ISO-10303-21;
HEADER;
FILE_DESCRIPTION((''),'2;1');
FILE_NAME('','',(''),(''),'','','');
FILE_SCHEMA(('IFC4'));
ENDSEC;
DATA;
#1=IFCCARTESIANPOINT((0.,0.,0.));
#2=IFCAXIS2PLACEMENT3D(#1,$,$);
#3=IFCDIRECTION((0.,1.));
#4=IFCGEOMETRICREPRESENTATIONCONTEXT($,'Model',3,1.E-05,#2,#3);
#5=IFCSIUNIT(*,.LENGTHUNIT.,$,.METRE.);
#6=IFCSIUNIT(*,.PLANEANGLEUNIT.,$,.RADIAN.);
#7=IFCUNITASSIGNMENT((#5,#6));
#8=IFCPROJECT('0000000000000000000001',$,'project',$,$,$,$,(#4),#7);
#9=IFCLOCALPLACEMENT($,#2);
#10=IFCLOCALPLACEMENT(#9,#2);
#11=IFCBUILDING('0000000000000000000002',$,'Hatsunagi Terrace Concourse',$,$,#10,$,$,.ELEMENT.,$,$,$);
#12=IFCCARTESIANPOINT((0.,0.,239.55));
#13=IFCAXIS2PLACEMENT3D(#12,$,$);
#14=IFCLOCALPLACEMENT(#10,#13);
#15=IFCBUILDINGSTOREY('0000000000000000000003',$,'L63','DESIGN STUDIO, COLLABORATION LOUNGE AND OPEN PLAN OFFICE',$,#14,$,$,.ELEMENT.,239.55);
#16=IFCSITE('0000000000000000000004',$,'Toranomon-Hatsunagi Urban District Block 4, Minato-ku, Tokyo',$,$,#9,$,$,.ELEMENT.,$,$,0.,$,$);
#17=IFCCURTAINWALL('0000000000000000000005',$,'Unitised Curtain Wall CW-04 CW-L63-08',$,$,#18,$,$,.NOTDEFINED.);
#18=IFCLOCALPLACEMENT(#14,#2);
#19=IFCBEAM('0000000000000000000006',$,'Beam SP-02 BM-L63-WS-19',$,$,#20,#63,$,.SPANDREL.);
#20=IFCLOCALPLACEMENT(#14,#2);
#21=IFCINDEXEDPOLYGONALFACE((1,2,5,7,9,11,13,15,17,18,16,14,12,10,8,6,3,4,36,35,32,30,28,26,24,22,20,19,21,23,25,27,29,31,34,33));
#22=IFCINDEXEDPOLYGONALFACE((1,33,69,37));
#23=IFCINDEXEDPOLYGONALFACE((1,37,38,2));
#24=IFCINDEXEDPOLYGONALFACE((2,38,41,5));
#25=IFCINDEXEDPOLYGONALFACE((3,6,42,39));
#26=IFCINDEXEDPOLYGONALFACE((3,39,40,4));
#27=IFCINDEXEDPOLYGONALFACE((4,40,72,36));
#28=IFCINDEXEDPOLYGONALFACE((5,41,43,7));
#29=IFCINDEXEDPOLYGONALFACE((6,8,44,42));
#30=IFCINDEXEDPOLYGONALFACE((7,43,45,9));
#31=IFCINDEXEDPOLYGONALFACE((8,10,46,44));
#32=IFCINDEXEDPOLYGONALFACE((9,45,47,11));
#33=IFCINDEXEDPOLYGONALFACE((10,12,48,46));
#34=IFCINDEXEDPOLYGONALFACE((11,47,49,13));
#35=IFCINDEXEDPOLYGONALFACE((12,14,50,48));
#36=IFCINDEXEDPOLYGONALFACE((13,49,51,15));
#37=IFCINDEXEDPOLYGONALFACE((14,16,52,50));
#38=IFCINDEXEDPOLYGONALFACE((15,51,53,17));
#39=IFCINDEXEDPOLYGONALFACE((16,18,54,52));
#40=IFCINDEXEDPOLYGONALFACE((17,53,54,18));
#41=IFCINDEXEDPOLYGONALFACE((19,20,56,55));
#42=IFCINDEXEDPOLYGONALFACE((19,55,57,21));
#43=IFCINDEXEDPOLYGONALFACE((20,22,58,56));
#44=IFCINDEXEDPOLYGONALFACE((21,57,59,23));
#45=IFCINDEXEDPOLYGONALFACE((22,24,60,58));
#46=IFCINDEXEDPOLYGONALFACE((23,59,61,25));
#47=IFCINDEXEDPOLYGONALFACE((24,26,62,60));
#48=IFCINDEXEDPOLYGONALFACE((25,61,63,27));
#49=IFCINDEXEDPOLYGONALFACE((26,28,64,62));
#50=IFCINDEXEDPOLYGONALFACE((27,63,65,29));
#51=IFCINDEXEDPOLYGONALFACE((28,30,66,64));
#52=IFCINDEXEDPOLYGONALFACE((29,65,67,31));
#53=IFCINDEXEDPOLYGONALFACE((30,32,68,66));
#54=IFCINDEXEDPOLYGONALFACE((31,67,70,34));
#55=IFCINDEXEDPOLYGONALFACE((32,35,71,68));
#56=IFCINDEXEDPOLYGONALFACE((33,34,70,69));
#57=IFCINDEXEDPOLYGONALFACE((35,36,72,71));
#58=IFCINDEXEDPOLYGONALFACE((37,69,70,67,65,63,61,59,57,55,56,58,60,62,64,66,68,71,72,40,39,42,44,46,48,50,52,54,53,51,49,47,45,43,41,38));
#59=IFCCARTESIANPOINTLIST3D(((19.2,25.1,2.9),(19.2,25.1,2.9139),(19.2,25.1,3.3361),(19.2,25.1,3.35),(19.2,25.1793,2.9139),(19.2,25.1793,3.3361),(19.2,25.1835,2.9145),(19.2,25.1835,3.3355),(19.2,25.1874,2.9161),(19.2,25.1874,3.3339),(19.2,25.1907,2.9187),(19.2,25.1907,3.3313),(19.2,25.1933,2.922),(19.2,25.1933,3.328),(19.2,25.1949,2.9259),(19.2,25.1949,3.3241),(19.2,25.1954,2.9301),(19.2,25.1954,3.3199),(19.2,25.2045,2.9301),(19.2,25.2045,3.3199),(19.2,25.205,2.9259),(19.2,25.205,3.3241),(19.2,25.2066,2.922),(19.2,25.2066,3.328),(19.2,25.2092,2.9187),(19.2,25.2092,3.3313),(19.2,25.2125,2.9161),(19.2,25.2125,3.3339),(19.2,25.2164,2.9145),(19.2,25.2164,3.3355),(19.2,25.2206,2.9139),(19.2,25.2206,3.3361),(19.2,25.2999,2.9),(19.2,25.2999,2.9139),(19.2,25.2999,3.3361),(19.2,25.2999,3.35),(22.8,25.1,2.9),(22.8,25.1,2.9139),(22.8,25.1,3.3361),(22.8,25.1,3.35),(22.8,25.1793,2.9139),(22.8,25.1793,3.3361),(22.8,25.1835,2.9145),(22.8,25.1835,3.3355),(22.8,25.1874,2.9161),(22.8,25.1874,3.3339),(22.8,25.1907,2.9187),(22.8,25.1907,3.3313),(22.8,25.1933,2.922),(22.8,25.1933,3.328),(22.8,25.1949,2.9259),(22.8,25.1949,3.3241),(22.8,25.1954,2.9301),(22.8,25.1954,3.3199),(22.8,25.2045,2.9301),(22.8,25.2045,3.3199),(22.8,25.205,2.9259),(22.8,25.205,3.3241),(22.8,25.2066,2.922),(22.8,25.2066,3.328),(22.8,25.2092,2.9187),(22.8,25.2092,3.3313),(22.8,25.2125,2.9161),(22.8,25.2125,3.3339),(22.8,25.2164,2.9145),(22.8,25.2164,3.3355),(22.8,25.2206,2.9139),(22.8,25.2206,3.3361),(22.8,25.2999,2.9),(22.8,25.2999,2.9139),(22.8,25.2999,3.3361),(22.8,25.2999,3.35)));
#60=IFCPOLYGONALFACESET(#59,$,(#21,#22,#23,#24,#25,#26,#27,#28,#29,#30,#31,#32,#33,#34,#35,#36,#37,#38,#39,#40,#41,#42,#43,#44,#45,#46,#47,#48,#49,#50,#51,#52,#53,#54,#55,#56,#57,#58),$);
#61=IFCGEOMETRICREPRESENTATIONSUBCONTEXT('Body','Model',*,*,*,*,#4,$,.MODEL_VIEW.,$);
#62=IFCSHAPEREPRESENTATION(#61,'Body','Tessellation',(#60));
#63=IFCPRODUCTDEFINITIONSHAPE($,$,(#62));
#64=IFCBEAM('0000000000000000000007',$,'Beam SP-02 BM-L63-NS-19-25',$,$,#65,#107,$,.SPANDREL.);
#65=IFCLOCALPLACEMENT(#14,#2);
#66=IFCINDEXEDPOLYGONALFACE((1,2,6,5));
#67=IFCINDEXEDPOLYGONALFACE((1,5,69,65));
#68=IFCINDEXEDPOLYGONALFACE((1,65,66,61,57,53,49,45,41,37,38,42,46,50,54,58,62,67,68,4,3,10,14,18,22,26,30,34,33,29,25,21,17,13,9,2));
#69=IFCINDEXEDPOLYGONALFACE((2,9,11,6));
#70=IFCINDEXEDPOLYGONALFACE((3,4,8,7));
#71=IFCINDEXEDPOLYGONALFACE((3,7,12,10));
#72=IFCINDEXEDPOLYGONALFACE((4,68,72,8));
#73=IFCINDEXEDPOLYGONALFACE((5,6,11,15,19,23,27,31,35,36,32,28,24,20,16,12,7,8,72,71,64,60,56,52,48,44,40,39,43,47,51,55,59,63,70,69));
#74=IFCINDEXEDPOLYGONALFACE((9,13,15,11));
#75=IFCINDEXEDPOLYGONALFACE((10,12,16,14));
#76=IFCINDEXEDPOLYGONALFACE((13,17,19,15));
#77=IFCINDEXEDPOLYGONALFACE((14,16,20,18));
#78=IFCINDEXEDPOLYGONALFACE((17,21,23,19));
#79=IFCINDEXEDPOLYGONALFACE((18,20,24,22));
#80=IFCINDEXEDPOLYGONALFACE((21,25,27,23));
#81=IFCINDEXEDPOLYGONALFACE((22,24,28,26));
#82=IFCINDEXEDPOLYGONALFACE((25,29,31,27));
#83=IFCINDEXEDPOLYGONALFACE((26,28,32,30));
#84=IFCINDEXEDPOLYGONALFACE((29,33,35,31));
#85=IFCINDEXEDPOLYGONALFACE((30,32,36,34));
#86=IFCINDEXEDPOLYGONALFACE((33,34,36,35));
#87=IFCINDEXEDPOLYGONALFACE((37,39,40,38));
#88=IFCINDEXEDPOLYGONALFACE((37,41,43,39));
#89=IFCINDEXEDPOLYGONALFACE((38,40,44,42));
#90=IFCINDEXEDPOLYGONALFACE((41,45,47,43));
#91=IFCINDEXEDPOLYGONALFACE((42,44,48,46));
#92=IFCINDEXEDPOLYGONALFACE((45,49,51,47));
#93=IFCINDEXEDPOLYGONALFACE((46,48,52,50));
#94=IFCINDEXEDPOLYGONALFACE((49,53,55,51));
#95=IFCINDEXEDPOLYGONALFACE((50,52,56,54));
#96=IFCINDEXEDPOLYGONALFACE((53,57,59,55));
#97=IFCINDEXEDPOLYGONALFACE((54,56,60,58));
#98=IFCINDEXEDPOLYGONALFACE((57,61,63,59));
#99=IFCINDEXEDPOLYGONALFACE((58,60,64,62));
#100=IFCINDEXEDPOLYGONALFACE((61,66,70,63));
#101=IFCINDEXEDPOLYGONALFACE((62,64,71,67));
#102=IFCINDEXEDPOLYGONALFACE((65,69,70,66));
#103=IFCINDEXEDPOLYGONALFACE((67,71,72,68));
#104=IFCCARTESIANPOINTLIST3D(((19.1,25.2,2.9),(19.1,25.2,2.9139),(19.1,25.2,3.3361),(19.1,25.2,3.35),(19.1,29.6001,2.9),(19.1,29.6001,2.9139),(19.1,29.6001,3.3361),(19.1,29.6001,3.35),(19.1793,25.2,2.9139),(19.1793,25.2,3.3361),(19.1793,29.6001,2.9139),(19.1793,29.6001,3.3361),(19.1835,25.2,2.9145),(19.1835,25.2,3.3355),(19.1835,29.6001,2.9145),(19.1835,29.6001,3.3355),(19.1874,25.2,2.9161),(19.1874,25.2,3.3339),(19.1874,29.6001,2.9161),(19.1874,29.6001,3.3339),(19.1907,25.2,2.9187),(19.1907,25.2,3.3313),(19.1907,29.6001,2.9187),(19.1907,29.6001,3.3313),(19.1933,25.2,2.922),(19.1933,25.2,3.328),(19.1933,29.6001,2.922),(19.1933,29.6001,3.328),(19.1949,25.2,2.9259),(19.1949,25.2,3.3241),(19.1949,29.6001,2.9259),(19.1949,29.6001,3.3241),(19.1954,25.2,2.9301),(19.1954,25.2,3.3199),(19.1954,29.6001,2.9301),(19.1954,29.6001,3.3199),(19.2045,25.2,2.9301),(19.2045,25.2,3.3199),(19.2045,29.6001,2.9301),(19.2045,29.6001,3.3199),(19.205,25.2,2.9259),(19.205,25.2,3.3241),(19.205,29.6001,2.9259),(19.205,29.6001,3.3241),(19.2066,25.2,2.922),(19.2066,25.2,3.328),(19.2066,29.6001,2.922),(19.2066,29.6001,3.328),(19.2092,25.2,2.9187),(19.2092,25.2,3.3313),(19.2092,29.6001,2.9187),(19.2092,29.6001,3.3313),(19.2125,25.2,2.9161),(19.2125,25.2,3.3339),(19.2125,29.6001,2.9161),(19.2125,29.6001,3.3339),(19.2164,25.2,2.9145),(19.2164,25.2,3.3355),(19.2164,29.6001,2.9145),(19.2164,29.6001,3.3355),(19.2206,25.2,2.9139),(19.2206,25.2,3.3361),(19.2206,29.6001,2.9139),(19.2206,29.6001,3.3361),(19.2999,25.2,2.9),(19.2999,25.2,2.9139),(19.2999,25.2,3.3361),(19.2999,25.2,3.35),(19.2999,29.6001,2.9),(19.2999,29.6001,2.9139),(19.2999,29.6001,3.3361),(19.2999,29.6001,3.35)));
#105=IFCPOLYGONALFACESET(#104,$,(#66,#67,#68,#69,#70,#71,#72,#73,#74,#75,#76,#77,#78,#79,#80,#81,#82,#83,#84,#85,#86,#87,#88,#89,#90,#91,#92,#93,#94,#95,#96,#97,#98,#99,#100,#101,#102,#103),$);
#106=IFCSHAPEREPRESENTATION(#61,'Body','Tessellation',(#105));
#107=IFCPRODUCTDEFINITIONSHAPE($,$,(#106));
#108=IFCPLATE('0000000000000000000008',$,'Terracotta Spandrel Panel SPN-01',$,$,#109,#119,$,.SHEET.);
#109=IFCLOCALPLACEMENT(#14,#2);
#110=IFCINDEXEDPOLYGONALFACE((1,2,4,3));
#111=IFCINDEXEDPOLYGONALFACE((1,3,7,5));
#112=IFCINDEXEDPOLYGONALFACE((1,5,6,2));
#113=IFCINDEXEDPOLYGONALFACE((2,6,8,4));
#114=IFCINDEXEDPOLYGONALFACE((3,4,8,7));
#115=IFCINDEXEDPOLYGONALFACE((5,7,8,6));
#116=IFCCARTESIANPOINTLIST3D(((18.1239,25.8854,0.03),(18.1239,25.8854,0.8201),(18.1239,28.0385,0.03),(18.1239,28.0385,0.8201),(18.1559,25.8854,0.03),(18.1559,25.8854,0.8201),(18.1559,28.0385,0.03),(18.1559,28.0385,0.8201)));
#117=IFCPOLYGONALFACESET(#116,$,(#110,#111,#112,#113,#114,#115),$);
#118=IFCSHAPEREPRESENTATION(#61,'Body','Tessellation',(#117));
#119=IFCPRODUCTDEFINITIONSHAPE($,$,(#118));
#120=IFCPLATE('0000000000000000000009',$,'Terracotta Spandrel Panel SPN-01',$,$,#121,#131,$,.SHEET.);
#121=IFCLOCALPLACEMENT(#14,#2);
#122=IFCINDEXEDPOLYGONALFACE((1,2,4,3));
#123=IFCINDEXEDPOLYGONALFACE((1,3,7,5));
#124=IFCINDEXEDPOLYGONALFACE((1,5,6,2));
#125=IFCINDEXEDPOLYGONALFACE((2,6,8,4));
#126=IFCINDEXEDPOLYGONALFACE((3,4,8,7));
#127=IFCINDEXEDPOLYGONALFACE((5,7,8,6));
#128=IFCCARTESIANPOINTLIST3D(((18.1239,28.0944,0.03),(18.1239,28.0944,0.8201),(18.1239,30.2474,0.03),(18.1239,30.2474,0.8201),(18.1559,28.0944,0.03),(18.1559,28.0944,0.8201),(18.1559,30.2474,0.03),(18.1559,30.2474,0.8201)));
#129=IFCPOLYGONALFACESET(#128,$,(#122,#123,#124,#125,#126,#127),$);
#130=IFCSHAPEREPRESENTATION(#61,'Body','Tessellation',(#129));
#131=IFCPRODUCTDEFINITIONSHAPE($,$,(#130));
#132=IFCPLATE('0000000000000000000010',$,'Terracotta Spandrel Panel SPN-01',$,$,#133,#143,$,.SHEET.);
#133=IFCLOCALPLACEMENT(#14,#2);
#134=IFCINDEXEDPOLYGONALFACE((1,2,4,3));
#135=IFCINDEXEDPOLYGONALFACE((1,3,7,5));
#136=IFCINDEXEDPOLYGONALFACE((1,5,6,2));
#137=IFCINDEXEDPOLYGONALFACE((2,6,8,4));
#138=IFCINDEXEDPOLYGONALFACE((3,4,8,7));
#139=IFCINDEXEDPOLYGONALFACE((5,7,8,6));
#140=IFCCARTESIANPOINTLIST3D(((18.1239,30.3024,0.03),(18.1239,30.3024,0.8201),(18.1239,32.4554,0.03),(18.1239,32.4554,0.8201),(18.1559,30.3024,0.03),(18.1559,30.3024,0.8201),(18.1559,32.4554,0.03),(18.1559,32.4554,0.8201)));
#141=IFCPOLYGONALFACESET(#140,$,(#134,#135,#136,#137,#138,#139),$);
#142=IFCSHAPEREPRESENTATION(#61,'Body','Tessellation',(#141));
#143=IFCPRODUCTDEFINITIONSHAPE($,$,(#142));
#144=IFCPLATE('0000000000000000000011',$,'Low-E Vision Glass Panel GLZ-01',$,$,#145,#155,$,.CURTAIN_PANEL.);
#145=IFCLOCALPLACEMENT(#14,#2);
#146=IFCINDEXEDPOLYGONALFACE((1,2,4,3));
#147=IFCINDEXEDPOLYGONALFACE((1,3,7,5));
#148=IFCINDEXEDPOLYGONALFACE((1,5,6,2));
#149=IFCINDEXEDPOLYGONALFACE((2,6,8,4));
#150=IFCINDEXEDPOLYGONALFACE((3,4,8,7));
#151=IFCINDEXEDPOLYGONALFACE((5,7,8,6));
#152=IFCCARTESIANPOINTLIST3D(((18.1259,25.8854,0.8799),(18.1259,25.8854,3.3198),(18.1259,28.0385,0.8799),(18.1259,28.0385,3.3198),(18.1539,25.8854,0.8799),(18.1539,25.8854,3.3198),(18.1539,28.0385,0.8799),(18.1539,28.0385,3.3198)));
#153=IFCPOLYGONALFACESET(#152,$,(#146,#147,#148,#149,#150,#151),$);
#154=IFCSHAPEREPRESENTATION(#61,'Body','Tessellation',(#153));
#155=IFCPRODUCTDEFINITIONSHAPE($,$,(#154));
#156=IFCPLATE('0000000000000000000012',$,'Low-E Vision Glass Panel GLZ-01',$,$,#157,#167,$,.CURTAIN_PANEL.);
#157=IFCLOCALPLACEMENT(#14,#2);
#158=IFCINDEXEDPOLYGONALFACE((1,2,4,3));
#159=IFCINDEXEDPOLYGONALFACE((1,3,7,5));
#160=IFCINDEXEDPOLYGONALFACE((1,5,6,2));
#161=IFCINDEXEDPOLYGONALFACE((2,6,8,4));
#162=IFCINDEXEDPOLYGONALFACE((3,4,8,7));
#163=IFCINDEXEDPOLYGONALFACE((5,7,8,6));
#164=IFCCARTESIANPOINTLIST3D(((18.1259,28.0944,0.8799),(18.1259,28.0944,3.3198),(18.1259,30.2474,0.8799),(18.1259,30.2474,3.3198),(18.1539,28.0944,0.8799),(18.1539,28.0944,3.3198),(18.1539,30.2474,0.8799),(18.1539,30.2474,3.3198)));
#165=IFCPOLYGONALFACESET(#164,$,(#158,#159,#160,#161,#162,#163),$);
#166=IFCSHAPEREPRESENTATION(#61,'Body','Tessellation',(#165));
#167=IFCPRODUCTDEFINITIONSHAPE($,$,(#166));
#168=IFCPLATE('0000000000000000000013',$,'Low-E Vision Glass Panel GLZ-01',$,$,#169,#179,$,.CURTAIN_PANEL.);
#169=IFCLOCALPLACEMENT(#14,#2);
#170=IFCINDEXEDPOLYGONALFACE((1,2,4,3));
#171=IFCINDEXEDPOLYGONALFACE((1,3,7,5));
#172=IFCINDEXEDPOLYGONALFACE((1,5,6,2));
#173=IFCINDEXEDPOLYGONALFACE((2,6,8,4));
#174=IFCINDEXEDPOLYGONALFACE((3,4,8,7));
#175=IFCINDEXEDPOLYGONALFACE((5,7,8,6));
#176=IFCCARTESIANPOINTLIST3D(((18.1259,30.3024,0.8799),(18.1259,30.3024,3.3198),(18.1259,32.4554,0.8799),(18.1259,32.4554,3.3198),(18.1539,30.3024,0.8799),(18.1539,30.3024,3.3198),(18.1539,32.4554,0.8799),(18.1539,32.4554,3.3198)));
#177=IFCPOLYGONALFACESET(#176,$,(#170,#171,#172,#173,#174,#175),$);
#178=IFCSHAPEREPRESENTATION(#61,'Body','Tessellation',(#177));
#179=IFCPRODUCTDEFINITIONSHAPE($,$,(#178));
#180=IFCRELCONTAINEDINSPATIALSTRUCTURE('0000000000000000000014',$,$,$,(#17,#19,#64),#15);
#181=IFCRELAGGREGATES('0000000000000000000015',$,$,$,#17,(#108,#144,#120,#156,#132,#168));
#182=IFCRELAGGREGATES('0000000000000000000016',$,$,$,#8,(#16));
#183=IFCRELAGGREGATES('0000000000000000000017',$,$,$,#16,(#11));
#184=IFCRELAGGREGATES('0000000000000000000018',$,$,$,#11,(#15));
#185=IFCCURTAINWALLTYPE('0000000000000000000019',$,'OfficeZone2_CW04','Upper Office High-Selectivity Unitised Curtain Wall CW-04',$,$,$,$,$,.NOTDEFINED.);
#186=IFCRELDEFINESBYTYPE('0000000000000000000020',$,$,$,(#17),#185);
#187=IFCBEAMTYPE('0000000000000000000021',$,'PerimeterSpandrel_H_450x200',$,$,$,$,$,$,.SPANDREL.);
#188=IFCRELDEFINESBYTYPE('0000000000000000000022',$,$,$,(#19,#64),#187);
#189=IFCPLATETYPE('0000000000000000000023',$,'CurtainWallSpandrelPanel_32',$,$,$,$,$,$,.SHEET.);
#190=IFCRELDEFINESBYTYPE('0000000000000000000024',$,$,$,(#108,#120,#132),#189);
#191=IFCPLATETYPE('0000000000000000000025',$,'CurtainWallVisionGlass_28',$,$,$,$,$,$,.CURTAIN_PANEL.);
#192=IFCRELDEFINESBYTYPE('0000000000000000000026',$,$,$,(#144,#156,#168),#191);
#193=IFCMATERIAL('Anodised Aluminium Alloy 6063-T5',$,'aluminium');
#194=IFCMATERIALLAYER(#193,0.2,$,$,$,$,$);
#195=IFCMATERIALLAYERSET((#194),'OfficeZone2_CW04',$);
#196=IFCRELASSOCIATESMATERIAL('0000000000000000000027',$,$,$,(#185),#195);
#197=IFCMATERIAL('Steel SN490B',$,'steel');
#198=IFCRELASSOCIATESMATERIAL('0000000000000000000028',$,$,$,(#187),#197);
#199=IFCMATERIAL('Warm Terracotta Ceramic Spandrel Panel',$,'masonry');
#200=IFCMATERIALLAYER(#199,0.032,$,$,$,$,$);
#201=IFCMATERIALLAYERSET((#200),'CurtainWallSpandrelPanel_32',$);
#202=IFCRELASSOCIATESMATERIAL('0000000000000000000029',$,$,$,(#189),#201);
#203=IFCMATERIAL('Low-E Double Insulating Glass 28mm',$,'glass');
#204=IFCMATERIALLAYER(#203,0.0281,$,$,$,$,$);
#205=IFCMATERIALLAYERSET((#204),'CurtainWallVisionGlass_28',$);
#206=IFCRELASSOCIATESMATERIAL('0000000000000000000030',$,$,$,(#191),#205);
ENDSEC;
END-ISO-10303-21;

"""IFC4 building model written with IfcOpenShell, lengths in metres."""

from ifc_helpers import new_model, si_unit, direction, frame, origin, origin_2d, place, context, subcontext, project, spatial, rectangle, i_section, extrude, material, layer, layer_set, material_profile, profile_set, type_object, element, aggregate, save


model = new_model("IFC4")

# Units and contexts
model_context = context("Model", 3, precision=1e-05, world=origin(), true_north=direction((0.0, 1.0)))
body_context = subcontext(model_context, "Body", "Model", "MODEL_VIEW")
ifc_project = project(units=[si_unit("LENGTHUNIT", "METRE"), si_unit("PLANEANGLEUNIT", "RADIAN")], contexts=[model_context])

# Site, building, storey
site_placement = place(None, origin())
site = spatial("IfcSite", under=ifc_project, at=site_placement, Name="Toranomon-Hatsunagi Urban District Block 4, Minato-ku, Tokyo", CompositionType="ELEMENT", RefElevation=0.0)
building_placement = place(site_placement, origin())
building = spatial("IfcBuilding", under=site, at=building_placement, Name="Hatsunagi Terrace Concourse", CompositionType="ELEMENT")
storey_placement = place(building_placement, frame((0.0, 0.0, 239.55)))
storey = spatial("IfcBuildingStorey", under=building, at=storey_placement, Name="L63", Description="DESIGN STUDIO, COLLABORATION LOUNGE AND OPEN PLAN OFFICE", CompositionType="ELEMENT", Elevation=239.55)

# Curtain wall
ifc_material_1 = material(Name="Anodised Aluminium Alloy 6063-T5", Category="aluminium")
ifc_layer_1 = layer(ifc_material_1, 0.2)
ifc_layer_set_1 = layer_set([ifc_layer_1], Name="OfficeZone2_CW04")
curtain_wall_type = type_object("IfcCurtainWallType", Name="OfficeZone2_CW04", Description="Upper Office High-Selectivity Unitised Curtain Wall CW-04", PredefinedType="NOTDEFINED", material=ifc_layer_set_1)
curtain_wall_placement = place(storey_placement, origin())
curtain_wall = element("IfcCurtainWall", 1, at=curtain_wall_placement, inside=storey, type_object=curtain_wall_type, Name="Unitised Curtain Wall CW-04 CW-L63-08", PredefinedType="NOTDEFINED")

# Beams
ifc_material_2 = material(Name="Steel SN490B", Category="steel")
ifc_material_profile_1 = material_profile(ifc_material_2, i_section(OverallWidth=0.2, OverallDepth=0.45, WebThickness=0.009, FlangeThickness=0.0139, FilletRadius=0.0161, at=origin_2d()), Name="H-450x200x9x14")
ifc_profile_set_1 = profile_set([ifc_material_profile_1], Name="Steel SN490B")
beam_type = type_object("IfcBeamType", Name="PerimeterSpandrel_H_450x200", PredefinedType="SPANDREL", material=ifc_profile_set_1)
beam_1_placement = place(storey_placement, frame((19.2, 25.2, 3.125), z_axis=(1.0, 0.0, 0.0), x_axis=(0.0, 1.0, 0.0)))
element("IfcBeam", 2, at=beam_1_placement, inside=storey, type_object=beam_type, Name="Beam SP-02 BM-L63-WS-19", PredefinedType="SPANDREL", context=body_context, shape_type="SweptSolid", body=[
    extrude(i_section(OverallWidth=0.2, OverallDepth=0.45, WebThickness=0.009, FlangeThickness=0.0139, FilletRadius=0.0161, at=origin_2d()), origin(), (0.0, 0.0, 1.0), 3.6001),
])
beam_2_placement = place(storey_placement, frame((19.2, 25.2, 3.125), z_axis=(0.0, 1.0, 0.0), x_axis=(-1.0, 0.0, 0.0)))
element("IfcBeam", 3, at=beam_2_placement, inside=storey, type_object=beam_type, Name="Beam SP-02 BM-L63-NS-19-25", PredefinedType="SPANDREL", context=body_context, shape_type="SweptSolid", body=[
    extrude(i_section(OverallWidth=0.2, OverallDepth=0.45, WebThickness=0.009, FlangeThickness=0.0139, FilletRadius=0.0161, at=origin_2d()), origin(), (0.0, 0.0, 1.0), 4.4001),
])

# Plates
ifc_material_3 = material(Name="Warm Terracotta Ceramic Spandrel Panel", Category="masonry")
ifc_layer_2 = layer(ifc_material_3, 0.032)
ifc_layer_set_2 = layer_set([ifc_layer_2], Name="CurtainWallSpandrelPanel_32")
plate_type_1 = type_object("IfcPlateType", Name="CurtainWallSpandrelPanel_32", PredefinedType="SHEET", material=ifc_layer_set_2)
plate_1_placement = place(storey_placement, frame((18.1399, 26.9619, 0.03), z_axis=(0.0, 0.0, 1.0), x_axis=(0.0, 1.0, 0.0)))
plate_1 = element("IfcPlate", 4, at=plate_1_placement, type_object=plate_type_1, Name="Terracotta Spandrel Panel SPN-01", PredefinedType="SHEET", context=body_context, shape_type="SweptSolid", body=[
    extrude(rectangle(XDim=2.1531, YDim=0.032, at=origin_2d()), origin(), (0.0, 0.0, 1.0), 0.79),
])
plate_2_placement = place(storey_placement, frame((18.1399, 29.1709, 0.03), z_axis=(0.0, 0.0, 1.0), x_axis=(0.0, 1.0, 0.0)))
plate_2 = element("IfcPlate", 5, at=plate_2_placement, type_object=plate_type_1, Name="Terracotta Spandrel Panel SPN-01", PredefinedType="SHEET", context=body_context, shape_type="SweptSolid", body=[
    extrude(rectangle(XDim=2.1531, YDim=0.032, at=origin_2d()), origin(), (0.0, 0.0, 1.0), 0.79),
])
plate_3_placement = place(storey_placement, frame((18.1399, 31.3789, 0.03), z_axis=(0.0, 0.0, 1.0), x_axis=(0.0, 1.0, 0.0)))
plate_3 = element("IfcPlate", 6, at=plate_3_placement, type_object=plate_type_1, Name="Terracotta Spandrel Panel SPN-01", PredefinedType="SHEET", context=body_context, shape_type="SweptSolid", body=[
    extrude(rectangle(XDim=2.1531, YDim=0.032, at=origin_2d()), origin(), (0.0, 0.0, 1.0), 0.79),
])
ifc_material_4 = material(Name="Low-E Double Insulating Glass 28mm", Category="glass")
ifc_layer_3 = layer(ifc_material_4, 0.0281)
ifc_layer_set_3 = layer_set([ifc_layer_3], Name="CurtainWallVisionGlass_28")
plate_type_2 = type_object("IfcPlateType", Name="CurtainWallVisionGlass_28", PredefinedType="CURTAIN_PANEL", material=ifc_layer_set_3)
plate_4_placement = place(storey_placement, frame((18.1399, 26.9619, 0.8799), z_axis=(0.0, 0.0, 1.0), x_axis=(0.0, 1.0, 0.0)))
plate_4 = element("IfcPlate", 7, at=plate_4_placement, type_object=plate_type_2, Name="Low-E Vision Glass Panel GLZ-01", PredefinedType="CURTAIN_PANEL", context=body_context, shape_type="SweptSolid", body=[
    extrude(rectangle(XDim=2.1531, YDim=0.0281, at=origin_2d()), origin(), (0.0, 0.0, 1.0), 2.4399),
])
plate_5_placement = place(storey_placement, frame((18.1399, 29.1709, 0.8799), z_axis=(0.0, 0.0, 1.0), x_axis=(0.0, 1.0, 0.0)))
plate_5 = element("IfcPlate", 8, at=plate_5_placement, type_object=plate_type_2, Name="Low-E Vision Glass Panel GLZ-01", PredefinedType="CURTAIN_PANEL", context=body_context, shape_type="SweptSolid", body=[
    extrude(rectangle(XDim=2.1531, YDim=0.0281, at=origin_2d()), origin(), (0.0, 0.0, 1.0), 2.4399),
])
plate_6_placement = place(storey_placement, frame((18.1399, 31.3789, 0.8799), z_axis=(0.0, 0.0, 1.0), x_axis=(0.0, 1.0, 0.0)))
plate_6 = element("IfcPlate", 9, at=plate_6_placement, type_object=plate_type_2, Name="Low-E Vision Glass Panel GLZ-01", PredefinedType="CURTAIN_PANEL", context=body_context, shape_type="SweptSolid", body=[
    extrude(rectangle(XDim=2.1531, YDim=0.0281, at=origin_2d()), origin(), (0.0, 0.0, 1.0), 2.4399),
])
aggregate(curtain_wall, [plate_1, plate_4, plate_2, plate_5, plate_3, plate_6])

save(model, "model.ifc")
